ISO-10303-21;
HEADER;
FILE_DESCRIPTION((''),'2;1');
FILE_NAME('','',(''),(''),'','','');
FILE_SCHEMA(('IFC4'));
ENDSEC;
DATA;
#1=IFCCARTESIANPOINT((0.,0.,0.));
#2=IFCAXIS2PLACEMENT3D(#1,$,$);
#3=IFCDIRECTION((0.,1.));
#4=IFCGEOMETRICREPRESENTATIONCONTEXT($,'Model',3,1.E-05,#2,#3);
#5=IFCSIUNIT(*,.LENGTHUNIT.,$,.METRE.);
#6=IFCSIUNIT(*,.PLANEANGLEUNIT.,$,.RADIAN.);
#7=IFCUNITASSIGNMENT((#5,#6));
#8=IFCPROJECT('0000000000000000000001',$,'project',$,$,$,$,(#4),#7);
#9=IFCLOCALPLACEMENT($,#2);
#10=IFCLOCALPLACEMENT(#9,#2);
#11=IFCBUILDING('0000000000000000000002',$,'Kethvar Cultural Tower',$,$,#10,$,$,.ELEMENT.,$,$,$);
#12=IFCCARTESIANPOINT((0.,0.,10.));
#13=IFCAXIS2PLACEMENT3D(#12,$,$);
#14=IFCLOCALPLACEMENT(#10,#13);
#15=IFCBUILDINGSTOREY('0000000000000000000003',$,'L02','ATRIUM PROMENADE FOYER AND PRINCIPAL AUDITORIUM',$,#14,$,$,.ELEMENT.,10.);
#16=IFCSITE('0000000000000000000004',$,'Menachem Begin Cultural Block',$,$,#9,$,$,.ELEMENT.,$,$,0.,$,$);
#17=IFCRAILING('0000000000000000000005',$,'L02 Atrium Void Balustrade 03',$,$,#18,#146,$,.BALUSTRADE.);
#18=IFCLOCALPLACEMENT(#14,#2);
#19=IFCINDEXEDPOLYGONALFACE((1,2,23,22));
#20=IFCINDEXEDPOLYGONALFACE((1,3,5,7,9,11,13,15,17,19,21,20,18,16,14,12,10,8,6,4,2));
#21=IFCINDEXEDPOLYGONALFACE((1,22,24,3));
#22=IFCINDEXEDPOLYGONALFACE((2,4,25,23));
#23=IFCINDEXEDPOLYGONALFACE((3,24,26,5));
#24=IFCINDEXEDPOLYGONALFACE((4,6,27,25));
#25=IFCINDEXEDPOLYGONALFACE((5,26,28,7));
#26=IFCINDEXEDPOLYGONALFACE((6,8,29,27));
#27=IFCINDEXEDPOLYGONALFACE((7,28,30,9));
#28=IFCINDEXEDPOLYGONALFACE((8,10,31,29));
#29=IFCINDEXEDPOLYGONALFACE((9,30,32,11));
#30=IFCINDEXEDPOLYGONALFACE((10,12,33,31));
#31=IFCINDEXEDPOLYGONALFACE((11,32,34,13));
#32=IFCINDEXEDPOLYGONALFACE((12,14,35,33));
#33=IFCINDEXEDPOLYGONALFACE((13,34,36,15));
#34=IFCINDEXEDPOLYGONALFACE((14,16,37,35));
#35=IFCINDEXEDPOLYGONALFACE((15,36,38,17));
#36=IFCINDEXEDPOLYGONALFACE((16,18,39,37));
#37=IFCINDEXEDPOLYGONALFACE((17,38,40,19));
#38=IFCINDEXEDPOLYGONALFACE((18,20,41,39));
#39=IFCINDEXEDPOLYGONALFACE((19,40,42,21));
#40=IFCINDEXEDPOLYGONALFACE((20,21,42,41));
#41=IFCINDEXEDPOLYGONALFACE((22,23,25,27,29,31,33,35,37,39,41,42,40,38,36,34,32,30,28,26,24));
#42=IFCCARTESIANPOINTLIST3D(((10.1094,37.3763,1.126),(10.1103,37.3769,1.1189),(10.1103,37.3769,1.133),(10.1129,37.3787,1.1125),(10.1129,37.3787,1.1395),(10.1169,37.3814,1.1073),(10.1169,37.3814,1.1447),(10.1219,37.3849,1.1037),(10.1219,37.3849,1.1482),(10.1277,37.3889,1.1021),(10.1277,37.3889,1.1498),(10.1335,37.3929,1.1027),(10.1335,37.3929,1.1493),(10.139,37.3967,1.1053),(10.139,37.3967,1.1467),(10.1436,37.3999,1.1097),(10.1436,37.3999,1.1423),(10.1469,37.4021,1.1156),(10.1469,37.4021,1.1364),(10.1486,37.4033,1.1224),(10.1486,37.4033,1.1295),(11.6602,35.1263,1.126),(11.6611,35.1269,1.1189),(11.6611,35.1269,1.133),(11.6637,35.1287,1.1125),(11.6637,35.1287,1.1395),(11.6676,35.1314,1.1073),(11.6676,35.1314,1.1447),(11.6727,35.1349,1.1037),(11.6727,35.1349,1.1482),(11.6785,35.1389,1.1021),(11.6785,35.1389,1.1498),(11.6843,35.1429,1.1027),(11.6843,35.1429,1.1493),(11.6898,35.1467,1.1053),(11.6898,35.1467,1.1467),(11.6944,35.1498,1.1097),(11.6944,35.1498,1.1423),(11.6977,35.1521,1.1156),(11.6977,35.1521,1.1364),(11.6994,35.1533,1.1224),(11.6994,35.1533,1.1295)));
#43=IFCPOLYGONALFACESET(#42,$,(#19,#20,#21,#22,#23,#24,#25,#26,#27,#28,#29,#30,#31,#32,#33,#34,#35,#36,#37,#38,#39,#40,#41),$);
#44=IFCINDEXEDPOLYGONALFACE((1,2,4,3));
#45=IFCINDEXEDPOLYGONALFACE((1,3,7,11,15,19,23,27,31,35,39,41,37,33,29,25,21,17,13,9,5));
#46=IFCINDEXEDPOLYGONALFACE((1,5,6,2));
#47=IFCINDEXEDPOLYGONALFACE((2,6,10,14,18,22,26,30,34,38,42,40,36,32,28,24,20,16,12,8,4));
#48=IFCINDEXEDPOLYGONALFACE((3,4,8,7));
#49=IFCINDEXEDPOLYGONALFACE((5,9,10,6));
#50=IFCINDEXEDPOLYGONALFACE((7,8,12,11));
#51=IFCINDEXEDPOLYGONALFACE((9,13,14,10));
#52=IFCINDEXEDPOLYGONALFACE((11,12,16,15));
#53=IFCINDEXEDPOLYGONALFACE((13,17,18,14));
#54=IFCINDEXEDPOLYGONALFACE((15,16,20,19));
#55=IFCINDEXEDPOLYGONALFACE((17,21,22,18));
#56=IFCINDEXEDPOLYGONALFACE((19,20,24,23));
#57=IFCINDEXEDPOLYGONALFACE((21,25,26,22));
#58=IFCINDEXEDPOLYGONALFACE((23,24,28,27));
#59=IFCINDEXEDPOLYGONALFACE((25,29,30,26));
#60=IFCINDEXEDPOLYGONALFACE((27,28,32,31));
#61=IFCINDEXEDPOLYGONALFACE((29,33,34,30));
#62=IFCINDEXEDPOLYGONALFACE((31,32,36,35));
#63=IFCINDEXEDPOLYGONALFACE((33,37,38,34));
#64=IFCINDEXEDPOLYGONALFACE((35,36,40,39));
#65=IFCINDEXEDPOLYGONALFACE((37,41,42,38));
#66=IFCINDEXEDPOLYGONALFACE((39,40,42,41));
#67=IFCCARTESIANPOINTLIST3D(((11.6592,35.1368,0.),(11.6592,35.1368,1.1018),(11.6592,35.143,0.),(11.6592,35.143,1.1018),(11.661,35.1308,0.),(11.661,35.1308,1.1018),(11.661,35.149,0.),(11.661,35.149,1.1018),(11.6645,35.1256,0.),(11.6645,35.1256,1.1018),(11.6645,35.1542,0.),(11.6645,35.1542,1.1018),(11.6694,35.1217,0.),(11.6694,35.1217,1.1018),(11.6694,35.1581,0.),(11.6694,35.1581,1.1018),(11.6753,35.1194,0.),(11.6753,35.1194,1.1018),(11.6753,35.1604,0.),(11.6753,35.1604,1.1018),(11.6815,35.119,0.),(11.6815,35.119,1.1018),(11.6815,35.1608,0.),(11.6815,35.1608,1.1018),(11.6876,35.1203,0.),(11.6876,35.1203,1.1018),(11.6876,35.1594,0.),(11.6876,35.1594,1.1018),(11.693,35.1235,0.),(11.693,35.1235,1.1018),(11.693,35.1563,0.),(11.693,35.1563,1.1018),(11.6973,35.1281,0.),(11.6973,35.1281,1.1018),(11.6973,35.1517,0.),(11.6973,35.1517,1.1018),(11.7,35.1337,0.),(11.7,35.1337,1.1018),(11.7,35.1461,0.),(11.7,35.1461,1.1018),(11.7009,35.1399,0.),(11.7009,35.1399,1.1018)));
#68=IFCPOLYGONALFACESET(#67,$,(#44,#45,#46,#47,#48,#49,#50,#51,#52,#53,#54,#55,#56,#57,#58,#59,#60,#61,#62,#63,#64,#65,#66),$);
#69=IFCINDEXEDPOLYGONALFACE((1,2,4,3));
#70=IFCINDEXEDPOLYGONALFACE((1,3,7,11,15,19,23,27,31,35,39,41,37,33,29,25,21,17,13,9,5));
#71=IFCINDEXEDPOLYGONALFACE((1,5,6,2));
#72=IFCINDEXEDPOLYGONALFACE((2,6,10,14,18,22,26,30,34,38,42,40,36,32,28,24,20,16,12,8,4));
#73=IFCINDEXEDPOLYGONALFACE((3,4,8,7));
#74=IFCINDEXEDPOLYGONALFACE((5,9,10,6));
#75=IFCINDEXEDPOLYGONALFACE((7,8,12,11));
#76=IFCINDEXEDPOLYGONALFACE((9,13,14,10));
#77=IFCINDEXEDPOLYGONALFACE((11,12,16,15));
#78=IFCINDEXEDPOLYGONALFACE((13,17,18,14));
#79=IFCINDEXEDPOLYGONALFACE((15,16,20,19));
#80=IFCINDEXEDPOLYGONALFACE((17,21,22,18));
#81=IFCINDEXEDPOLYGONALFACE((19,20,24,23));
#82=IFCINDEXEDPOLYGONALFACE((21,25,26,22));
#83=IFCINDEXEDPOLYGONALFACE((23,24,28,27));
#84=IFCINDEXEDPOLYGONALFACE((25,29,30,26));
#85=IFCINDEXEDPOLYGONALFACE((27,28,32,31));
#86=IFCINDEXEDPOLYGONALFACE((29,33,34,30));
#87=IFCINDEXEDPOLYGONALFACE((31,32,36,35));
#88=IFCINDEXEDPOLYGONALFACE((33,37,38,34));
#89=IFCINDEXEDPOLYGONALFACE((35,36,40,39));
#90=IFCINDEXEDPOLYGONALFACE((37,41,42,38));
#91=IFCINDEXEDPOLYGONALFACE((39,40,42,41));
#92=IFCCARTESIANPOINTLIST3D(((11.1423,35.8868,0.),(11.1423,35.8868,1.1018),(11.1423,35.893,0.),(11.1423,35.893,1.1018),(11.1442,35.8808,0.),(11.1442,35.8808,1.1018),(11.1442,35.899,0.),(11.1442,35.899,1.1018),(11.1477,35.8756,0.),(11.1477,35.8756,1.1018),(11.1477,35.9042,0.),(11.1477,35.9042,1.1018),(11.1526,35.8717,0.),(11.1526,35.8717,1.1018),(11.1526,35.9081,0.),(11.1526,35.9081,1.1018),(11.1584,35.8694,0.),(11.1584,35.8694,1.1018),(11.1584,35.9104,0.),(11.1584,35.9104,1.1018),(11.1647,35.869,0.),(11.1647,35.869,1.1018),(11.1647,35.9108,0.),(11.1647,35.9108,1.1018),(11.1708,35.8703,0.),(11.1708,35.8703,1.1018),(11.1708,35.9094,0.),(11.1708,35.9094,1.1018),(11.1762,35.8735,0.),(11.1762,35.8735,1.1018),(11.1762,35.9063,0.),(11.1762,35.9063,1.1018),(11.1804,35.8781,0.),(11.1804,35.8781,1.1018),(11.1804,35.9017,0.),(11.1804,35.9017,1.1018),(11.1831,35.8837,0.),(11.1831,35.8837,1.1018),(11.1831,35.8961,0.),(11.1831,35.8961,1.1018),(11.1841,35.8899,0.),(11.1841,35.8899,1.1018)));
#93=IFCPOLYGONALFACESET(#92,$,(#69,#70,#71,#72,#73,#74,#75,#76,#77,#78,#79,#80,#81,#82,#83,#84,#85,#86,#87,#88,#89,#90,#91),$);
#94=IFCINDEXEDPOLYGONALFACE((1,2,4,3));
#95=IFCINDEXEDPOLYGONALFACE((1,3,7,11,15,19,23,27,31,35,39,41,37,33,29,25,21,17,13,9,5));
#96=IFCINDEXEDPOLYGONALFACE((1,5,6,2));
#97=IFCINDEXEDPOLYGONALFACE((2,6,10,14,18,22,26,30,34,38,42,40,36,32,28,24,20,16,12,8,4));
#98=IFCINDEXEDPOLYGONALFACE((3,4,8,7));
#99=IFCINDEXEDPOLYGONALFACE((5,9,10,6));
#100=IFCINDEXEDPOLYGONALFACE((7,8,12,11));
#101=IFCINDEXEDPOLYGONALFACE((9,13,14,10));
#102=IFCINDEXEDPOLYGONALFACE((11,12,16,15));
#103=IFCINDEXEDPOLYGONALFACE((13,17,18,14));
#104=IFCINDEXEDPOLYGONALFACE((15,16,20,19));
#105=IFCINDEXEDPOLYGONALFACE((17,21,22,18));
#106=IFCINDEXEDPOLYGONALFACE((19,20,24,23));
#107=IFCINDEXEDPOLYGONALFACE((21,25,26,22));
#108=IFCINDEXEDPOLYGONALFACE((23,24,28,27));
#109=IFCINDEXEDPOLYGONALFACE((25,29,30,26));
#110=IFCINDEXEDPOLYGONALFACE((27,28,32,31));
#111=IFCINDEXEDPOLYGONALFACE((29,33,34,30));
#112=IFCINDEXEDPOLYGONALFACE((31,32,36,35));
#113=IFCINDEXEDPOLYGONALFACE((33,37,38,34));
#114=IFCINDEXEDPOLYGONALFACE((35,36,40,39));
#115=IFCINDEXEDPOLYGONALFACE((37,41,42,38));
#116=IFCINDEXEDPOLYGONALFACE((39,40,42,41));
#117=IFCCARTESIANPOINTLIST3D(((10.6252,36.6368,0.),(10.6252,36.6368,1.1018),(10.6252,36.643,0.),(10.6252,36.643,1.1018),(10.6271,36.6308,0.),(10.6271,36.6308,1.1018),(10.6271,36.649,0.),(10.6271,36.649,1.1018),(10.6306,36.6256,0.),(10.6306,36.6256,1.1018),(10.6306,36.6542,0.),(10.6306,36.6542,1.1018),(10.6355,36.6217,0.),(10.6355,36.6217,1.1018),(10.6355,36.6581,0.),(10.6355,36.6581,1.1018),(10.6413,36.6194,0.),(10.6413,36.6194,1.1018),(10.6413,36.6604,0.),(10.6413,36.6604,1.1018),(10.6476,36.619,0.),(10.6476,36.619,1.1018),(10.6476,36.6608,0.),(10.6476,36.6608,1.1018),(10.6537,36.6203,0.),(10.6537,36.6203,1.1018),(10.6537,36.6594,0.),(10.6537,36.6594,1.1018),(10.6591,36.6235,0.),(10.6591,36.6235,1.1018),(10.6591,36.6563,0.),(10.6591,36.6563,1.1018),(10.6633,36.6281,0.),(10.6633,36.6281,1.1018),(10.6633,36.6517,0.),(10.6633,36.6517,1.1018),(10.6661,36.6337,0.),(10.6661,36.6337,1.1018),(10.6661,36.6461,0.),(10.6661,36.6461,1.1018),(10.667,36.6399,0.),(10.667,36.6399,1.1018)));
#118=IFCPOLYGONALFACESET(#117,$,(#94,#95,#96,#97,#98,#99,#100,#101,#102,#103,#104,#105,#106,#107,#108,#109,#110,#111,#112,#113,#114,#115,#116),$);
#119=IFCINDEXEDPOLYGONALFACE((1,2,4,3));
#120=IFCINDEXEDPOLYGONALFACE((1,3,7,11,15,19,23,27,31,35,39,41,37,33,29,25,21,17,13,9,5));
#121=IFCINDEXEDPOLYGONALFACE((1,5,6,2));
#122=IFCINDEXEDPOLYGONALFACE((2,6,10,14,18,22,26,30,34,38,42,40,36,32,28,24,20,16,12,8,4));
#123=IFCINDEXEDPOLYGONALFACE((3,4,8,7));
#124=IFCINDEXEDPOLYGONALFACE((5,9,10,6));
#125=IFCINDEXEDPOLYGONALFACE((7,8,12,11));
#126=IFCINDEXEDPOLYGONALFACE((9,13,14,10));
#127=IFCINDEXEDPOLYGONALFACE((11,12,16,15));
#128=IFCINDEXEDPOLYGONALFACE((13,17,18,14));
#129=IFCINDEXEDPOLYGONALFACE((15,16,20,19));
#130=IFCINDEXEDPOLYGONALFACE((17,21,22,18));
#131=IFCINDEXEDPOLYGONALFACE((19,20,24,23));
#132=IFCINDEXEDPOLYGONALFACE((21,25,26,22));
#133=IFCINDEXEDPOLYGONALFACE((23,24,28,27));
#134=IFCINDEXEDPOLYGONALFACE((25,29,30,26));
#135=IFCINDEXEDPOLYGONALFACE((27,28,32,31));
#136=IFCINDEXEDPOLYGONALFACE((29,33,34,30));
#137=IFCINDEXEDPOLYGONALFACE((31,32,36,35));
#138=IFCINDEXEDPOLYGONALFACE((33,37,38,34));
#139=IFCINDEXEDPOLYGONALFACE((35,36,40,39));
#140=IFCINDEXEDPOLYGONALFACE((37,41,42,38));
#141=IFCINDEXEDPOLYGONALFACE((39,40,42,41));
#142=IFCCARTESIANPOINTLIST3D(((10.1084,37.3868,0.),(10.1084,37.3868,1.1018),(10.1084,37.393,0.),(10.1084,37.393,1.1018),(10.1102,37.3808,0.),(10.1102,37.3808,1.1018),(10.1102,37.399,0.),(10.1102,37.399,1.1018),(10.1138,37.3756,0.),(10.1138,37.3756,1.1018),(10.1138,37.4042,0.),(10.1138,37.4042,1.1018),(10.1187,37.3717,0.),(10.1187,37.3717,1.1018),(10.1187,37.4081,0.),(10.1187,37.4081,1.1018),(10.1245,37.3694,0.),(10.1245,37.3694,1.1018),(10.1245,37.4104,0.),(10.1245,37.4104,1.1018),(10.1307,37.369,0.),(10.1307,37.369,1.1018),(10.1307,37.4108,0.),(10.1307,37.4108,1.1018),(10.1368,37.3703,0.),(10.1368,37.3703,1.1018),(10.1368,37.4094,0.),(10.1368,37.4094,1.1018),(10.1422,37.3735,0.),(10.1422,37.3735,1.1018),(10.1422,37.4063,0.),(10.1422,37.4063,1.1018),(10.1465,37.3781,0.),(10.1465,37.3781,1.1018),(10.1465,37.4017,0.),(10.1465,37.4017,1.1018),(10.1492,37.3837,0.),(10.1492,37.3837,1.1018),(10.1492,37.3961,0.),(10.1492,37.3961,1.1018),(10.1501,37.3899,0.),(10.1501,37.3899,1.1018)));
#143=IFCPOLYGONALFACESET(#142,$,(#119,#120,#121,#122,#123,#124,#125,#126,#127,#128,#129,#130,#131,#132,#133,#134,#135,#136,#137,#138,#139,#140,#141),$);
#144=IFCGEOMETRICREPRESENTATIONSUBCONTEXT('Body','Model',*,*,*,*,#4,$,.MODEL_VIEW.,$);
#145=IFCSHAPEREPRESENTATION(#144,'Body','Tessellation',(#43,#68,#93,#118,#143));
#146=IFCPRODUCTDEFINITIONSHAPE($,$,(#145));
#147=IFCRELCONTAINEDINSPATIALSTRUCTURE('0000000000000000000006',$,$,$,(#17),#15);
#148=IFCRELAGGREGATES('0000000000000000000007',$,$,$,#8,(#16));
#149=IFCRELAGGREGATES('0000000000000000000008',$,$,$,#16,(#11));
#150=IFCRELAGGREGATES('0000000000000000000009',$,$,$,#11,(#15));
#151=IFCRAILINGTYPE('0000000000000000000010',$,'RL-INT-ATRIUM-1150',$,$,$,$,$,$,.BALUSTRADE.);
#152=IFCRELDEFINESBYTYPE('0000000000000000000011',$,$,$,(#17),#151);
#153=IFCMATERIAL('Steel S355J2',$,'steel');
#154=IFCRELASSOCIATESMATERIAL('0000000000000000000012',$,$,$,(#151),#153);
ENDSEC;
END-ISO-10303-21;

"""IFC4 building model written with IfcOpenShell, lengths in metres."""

from ifc_helpers import new_model, si_unit, direction, frame, origin, origin_2d, place, context, subcontext, project, spatial, circle, extrude, material, type_object, element, save


model = new_model("IFC4")

# Units and contexts
model_context = context("Model", 3, precision=1e-05, world=origin(), true_north=direction((0.0, 1.0)))
body_context = subcontext(model_context, "Body", "Model", "MODEL_VIEW")
ifc_project = project(units=[si_unit("LENGTHUNIT", "METRE"), si_unit("PLANEANGLEUNIT", "RADIAN")], contexts=[model_context])

# Site, building, storey
site_placement = place(None, origin())
site = spatial("IfcSite", under=ifc_project, at=site_placement, Name="Menachem Begin Cultural Block", CompositionType="ELEMENT", RefElevation=0.0)
building_placement = place(site_placement, origin())
building = spatial("IfcBuilding", under=site, at=building_placement, Name="Kethvar Cultural Tower", CompositionType="ELEMENT")
storey_placement = place(building_placement, frame((0.0, 0.0, 10.0)))
storey = spatial("IfcBuildingStorey", under=building, at=storey_placement, Name="L02", Description="ATRIUM PROMENADE FOYER AND PRINCIPAL AUDITORIUM", CompositionType="ELEMENT", Elevation=10.0)

# Shared definitions
ifc_material_1 = material(Name="Steel S355J2", Category="steel")

# Railing
railing_type = type_object("IfcRailingType", Name="RL-INT-ATRIUM-1150", PredefinedType="BALUSTRADE", material=ifc_material_1)
railing_1_placement = place(storey_placement, frame((11.6799, 35.1399, 0.0)))
element("IfcRailing", 1, at=railing_1_placement, inside=storey, type_object=railing_type, Name="L02 Atrium Void Balustrade 03", PredefinedType="BALUSTRADE", context=body_context, shape_type="SweptSolid", body=[
    extrude(circle(Radius=0.0239, at=origin_2d()), frame((0.0, 0.0, 1.126), z_axis=(-0.567499, 0.823374, 0.0), x_axis=(-0.823374, -0.567499, 0.0)), (0.0, 0.0, 1.0), 2.7327),
    extrude(circle(Radius=0.021, at=origin_2d()), origin(), (0.0, 0.0, 1.0), 1.1018),
    extrude(circle(Radius=0.021, at=origin_2d()), frame((-0.5168, 0.75, 0.0)), (0.0, 0.0, 1.0), 1.1018),
    extrude(circle(Radius=0.021, at=origin_2d()), frame((-1.0339, 1.5, 0.0)), (0.0, 0.0, 1.0), 1.1018),
    extrude(circle(Radius=0.021, at=origin_2d()), frame((-1.5508, 2.25, 0.0)), (0.0, 0.0, 1.0), 1.1018),
])

save(model, "model.ifc")
